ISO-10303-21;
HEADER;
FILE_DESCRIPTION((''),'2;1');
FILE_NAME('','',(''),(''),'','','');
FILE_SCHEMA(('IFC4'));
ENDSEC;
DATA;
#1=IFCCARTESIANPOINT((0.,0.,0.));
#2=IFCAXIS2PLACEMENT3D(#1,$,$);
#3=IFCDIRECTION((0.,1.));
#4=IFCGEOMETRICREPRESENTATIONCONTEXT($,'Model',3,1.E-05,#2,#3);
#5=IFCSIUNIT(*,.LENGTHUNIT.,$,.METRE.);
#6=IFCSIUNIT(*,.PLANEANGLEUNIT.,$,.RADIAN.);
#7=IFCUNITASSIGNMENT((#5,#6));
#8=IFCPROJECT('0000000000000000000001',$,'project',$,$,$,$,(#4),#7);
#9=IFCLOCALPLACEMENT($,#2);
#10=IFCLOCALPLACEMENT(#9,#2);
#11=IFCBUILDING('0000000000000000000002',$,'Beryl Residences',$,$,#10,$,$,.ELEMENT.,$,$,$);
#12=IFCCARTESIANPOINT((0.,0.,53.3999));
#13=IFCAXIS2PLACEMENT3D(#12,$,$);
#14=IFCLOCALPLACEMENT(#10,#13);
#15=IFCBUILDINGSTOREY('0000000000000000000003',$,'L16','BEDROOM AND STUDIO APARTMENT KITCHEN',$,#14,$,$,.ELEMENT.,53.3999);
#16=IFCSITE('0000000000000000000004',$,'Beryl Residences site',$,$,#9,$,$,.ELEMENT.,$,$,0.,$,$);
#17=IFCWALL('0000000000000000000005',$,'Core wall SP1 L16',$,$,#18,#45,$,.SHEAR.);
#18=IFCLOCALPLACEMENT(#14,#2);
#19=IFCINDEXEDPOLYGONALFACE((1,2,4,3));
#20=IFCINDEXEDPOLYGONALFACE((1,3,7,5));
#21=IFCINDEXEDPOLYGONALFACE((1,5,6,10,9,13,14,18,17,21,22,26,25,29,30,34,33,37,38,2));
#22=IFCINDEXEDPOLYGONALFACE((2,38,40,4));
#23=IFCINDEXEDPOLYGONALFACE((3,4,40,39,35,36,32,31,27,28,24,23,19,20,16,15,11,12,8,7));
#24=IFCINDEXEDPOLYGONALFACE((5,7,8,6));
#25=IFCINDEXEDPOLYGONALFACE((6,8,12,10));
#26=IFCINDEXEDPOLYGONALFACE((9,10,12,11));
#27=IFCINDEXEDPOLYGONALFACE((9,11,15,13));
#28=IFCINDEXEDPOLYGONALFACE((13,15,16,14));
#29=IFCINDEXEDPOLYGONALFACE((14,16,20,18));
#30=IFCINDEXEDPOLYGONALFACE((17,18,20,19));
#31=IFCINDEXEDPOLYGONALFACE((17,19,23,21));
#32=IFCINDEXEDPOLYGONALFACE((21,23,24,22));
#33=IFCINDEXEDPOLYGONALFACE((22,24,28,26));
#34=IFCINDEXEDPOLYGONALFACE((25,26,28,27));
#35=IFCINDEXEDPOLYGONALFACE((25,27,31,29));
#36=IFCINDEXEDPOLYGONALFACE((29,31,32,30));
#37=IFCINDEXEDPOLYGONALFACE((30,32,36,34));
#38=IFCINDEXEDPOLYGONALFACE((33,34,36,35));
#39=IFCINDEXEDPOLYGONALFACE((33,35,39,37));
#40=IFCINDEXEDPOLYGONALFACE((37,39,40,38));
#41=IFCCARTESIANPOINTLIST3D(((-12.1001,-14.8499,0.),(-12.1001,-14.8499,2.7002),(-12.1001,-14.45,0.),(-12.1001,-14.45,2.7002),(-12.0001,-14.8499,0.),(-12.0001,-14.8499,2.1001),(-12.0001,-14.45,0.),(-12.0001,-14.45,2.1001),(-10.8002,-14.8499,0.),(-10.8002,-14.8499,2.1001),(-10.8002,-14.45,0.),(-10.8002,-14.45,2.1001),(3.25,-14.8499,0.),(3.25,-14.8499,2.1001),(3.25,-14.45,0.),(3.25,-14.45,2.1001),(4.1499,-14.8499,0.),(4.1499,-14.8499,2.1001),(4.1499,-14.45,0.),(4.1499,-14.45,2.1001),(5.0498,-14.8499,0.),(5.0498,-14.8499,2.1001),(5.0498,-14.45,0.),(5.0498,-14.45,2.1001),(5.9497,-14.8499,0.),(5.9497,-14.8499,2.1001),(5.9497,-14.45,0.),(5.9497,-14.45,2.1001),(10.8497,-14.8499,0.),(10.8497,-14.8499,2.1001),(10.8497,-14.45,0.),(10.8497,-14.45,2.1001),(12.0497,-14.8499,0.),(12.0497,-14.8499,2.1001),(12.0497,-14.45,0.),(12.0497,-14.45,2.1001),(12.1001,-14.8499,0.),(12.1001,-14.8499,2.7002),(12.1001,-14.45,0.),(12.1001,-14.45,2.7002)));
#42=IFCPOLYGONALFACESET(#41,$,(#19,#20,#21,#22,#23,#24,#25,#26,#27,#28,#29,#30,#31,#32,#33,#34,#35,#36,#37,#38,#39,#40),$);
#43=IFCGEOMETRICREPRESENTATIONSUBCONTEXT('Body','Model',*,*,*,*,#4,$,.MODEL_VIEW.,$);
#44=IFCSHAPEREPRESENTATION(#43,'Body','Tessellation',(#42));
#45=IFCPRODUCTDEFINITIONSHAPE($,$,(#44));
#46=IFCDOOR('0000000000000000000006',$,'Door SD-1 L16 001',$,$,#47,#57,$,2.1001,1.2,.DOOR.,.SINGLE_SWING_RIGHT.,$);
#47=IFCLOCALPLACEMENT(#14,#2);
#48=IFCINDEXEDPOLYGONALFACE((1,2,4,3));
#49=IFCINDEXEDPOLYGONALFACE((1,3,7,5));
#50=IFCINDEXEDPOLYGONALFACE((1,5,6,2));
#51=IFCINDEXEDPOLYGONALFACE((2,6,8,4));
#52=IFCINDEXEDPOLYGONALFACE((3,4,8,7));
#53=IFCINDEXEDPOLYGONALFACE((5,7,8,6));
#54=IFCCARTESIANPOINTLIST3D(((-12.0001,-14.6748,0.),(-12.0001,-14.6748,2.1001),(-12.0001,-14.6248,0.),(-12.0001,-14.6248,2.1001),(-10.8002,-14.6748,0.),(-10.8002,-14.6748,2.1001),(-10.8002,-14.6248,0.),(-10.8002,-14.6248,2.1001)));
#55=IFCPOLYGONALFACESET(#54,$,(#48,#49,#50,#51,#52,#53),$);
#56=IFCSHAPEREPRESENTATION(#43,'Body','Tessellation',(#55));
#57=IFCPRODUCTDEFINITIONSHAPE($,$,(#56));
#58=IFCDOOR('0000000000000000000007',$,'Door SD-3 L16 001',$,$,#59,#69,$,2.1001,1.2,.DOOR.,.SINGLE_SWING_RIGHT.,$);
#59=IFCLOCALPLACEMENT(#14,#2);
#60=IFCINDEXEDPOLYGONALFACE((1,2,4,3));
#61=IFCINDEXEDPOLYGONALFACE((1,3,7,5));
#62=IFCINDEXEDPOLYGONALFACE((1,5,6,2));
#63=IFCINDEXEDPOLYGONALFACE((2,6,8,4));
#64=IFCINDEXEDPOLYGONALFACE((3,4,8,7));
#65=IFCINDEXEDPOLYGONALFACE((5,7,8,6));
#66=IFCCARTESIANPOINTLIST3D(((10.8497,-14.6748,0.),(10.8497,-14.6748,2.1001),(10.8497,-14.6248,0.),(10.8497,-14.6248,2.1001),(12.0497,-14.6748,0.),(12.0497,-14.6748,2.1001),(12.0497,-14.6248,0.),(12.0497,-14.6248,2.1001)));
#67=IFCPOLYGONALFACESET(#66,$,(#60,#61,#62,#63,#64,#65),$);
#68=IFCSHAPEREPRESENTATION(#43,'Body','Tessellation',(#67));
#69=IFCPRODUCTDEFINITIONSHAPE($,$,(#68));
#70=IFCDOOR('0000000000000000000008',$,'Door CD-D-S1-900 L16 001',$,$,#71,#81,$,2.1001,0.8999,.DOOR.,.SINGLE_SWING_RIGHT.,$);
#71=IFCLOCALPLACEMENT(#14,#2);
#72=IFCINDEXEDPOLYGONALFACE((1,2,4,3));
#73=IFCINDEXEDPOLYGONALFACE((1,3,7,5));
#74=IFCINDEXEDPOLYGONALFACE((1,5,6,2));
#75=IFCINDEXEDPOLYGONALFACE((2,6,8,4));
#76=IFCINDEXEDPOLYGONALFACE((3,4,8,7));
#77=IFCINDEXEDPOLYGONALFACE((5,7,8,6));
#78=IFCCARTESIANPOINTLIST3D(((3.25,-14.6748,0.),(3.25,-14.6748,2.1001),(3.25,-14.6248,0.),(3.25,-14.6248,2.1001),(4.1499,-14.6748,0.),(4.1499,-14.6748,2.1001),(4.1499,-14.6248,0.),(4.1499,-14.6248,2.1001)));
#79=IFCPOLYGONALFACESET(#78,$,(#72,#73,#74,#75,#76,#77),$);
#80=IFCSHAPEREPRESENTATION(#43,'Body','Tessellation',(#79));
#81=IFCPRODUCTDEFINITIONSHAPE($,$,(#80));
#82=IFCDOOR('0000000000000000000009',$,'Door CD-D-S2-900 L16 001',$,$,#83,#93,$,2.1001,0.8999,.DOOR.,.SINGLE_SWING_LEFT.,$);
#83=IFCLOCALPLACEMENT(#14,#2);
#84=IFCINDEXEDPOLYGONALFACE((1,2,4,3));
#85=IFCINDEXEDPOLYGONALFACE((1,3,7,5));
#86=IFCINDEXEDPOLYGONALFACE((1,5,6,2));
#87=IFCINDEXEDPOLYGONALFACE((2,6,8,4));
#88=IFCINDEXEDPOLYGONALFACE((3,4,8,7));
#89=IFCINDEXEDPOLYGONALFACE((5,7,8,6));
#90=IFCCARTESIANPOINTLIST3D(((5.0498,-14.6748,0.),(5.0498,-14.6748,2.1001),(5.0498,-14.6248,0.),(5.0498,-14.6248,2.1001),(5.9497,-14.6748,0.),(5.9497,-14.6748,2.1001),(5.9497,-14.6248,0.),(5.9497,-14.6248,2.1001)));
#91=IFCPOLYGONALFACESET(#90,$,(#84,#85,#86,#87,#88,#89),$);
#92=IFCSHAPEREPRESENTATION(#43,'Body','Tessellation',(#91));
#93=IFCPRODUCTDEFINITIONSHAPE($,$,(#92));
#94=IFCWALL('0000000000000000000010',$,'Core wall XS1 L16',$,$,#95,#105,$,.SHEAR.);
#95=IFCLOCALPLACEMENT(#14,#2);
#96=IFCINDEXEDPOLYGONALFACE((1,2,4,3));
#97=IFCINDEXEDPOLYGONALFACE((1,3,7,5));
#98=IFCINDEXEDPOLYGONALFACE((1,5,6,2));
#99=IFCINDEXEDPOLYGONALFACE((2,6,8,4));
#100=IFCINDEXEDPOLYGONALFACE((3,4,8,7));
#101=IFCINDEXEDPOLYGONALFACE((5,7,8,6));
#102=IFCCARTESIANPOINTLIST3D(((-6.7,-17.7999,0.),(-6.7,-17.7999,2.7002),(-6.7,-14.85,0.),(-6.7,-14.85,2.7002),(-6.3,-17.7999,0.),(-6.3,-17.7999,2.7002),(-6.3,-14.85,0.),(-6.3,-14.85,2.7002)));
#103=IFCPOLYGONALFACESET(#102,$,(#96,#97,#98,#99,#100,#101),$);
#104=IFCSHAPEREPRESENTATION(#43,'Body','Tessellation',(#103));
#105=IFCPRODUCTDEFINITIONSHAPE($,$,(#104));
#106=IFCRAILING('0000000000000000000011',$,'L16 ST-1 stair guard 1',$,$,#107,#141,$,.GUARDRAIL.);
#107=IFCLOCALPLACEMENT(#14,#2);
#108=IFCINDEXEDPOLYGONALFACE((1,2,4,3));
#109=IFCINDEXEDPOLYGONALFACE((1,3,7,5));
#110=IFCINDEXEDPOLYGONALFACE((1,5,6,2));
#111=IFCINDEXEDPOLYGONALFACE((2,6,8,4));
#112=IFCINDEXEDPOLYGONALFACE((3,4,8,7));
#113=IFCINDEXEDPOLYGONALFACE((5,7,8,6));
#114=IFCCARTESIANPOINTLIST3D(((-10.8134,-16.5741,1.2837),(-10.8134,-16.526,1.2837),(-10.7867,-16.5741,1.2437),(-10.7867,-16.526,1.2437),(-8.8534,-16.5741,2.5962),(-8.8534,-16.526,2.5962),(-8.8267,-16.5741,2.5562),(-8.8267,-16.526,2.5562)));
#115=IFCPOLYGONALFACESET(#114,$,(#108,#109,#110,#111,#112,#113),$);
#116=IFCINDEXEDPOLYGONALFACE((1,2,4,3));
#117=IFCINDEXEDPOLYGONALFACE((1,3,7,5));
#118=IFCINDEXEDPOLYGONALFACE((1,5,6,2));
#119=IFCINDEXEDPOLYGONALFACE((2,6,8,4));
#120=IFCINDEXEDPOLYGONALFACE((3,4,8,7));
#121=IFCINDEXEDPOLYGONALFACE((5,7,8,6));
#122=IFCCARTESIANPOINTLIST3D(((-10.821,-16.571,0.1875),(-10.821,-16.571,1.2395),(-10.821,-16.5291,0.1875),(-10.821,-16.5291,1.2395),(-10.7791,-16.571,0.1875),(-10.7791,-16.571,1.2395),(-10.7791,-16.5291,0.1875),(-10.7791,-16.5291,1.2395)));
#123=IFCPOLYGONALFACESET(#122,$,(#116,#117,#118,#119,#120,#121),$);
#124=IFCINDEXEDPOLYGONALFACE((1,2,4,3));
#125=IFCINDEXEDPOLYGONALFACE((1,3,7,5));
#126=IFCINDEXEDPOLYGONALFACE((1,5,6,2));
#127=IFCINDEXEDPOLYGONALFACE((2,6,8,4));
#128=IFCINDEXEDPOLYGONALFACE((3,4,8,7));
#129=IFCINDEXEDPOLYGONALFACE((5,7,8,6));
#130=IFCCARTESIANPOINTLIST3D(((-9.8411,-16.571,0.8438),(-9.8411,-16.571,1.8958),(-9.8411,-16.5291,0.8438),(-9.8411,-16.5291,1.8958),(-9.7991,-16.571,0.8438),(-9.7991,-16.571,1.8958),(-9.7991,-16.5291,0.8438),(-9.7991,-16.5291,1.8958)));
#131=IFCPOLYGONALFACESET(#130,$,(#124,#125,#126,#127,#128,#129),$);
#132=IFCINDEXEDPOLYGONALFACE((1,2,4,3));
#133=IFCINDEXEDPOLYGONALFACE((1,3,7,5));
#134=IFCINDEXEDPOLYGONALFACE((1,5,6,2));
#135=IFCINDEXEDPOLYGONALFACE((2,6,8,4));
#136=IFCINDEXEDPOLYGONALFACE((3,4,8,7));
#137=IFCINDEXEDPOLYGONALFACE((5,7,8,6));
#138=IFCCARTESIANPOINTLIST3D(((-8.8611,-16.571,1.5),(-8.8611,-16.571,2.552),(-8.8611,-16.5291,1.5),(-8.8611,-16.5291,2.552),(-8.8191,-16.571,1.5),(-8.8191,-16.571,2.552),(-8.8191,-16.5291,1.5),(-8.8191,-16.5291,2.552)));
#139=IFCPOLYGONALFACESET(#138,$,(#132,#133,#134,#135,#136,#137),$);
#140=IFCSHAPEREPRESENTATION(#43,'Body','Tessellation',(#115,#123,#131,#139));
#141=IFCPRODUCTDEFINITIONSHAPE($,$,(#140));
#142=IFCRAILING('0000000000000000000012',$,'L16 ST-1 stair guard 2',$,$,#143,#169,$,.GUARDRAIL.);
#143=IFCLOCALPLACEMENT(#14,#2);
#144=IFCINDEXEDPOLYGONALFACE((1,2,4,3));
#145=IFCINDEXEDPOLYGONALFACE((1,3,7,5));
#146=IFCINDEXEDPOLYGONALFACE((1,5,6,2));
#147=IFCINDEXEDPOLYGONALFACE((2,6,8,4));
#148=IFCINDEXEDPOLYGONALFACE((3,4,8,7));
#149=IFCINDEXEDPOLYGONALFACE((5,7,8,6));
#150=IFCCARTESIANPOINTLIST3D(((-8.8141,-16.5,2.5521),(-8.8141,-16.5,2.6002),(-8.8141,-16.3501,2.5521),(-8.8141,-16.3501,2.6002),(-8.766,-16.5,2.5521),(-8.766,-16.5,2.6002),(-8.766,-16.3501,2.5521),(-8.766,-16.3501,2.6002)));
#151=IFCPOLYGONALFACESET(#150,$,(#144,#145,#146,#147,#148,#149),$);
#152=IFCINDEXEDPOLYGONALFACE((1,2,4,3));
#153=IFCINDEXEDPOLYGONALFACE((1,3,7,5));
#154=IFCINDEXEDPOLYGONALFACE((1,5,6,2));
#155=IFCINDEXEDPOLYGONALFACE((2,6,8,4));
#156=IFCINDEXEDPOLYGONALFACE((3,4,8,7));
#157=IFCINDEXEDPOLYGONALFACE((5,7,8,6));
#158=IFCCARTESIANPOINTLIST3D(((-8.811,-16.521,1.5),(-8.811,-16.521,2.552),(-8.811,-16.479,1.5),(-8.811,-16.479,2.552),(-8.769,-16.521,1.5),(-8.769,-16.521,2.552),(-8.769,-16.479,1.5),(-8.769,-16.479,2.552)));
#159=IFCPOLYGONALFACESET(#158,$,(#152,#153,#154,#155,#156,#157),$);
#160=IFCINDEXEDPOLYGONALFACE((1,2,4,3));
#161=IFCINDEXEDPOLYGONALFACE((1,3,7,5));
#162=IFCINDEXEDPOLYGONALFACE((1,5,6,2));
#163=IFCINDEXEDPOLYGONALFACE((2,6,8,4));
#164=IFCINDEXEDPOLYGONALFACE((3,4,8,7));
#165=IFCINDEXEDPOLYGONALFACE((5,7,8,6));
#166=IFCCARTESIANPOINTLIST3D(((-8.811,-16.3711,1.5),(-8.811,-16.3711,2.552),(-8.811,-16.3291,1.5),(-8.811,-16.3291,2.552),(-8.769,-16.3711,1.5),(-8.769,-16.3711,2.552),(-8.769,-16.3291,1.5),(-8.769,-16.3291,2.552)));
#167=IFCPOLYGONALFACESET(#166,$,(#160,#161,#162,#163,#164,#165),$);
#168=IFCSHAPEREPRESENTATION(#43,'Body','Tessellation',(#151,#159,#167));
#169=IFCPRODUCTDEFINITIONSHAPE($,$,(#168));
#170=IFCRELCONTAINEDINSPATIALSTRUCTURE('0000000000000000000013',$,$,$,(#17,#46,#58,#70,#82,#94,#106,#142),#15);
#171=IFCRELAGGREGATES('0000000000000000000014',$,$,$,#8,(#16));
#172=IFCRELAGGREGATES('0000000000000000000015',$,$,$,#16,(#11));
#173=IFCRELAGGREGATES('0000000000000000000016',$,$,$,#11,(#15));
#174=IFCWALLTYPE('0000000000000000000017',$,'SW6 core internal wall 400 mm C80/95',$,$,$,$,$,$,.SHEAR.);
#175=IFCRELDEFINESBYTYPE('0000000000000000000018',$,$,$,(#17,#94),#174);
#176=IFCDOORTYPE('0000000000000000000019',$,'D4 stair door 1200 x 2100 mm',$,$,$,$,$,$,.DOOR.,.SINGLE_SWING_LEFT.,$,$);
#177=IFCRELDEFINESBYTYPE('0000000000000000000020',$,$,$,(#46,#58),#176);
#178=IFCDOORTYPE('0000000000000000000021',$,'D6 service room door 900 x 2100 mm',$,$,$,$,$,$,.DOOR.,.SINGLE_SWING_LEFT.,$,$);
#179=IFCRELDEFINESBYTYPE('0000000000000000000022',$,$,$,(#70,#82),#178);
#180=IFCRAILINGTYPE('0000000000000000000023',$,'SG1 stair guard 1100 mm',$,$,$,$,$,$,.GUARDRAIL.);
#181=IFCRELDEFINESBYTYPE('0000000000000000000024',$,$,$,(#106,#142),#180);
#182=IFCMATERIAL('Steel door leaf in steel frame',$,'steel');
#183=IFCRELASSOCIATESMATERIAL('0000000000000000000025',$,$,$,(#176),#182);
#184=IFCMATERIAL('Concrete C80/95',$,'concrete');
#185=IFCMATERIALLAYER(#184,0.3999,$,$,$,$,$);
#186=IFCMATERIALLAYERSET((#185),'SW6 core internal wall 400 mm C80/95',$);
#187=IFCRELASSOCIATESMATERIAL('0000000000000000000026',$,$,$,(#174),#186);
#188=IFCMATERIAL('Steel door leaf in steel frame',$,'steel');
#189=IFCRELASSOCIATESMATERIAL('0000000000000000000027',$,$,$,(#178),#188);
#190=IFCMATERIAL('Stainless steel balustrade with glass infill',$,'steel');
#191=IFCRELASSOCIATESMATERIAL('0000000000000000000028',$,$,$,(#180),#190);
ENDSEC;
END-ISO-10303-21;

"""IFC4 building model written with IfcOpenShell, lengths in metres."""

from ifc_helpers import new_model, si_unit, direction, frame, frame_2d, origin, origin_2d, place, context, subcontext, project, spatial, rectangle, extrude, material, layer, layer_set, type_object, element, fill, save


model = new_model("IFC4")

# Units and contexts
model_context = context("Model", 3, precision=1e-05, world=origin(), true_north=direction((0.0, 1.0)))
body_context = subcontext(model_context, "Body", "Model", "MODEL_VIEW")
ifc_project = project(units=[si_unit("LENGTHUNIT", "METRE"), si_unit("PLANEANGLEUNIT", "RADIAN")], contexts=[model_context])

# Site, building, storey
site_placement = place(None, origin())
site = spatial("IfcSite", under=ifc_project, at=site_placement, Name="Beryl Residences site", CompositionType="ELEMENT", RefElevation=0.0)
building_placement = place(site_placement, origin())
building = spatial("IfcBuilding", under=site, at=building_placement, Name="Beryl Residences", CompositionType="ELEMENT")
storey_placement = place(building_placement, frame((0.0, 0.0, 53.3999)))
storey = spatial("IfcBuildingStorey", under=building, at=storey_placement, Name="L16", Description="BEDROOM AND STUDIO APARTMENT KITCHEN", CompositionType="ELEMENT", Elevation=53.3999)

# Shared definitions
ifc_material_1 = material(Name="Steel door leaf in steel frame", Category="steel")
door_type_1 = type_object("IfcDoorType", Name="D4 stair door 1200 x 2100 mm", OperationType="SINGLE_SWING_LEFT", PredefinedType="DOOR", material=ifc_material_1)

# Wall, openings, doors
ifc_material_2 = material(Name="Concrete C80/95", Category="concrete")
ifc_layer_1 = layer(ifc_material_2, 0.3999)
ifc_layer_set_1 = layer_set([ifc_layer_1], Name="SW6 core internal wall 400 mm C80/95")
wall_type_1 = type_object("IfcWallType", Name="SW6 core internal wall 400 mm C80/95", PredefinedType="SHEAR", material=ifc_layer_set_1)
wall_1_placement = place(storey_placement, frame((-12.1001, -14.6499, 0.0), z_axis=(0.0, 0.0, 1.0), x_axis=(1.0, 0.0, 0.0)))
wall_1 = element("IfcWall", 1, at=wall_1_placement, inside=storey, type_object=wall_type_1, Name="Core wall SP1 L16", PredefinedType="SHEAR", context=body_context, shape_type="SweptSolid", body=[
    extrude(rectangle(XDim=24.2002, YDim=0.3999, at=frame_2d((12.1001, 0.0))), origin(), (0.0, 0.0, 1.0), 2.7002),
])
opening_1_placement = place(wall_1_placement, frame((1.3, 0.0, 0.0), z_axis=(0.0, 0.0, 1.0), x_axis=(-1.0, 0.0, 0.0)))
opening_1 = element("IfcOpeningElement", 2, at=opening_1_placement, cuts=wall_1, PredefinedType="OPENING", context=body_context, shape_type="SweptSolid", body=[
    extrude(rectangle(XDim=1.2, YDim=2.1001, at=frame_2d((0.6001, 1.05))), frame((0.0, 0.21, 0.0), z_axis=(0.0, -1.0, 0.0), x_axis=(1.0, 0.0, 0.0)), (0.0, 0.0, 1.0), 0.4199),
])
opening_2_placement = place(wall_1_placement, frame((24.1499, 0.0, 0.0), z_axis=(0.0, 0.0, 1.0), x_axis=(-1.0, 0.0, 0.0)))
opening_2 = element("IfcOpeningElement", 3, at=opening_2_placement, cuts=wall_1, PredefinedType="OPENING", context=body_context, shape_type="SweptSolid", body=[
    extrude(rectangle(XDim=1.2, YDim=2.1001, at=frame_2d((0.6001, 1.05))), frame((0.0, 0.21, 0.0), z_axis=(0.0, -1.0, 0.0), x_axis=(1.0, 0.0, 0.0)), (0.0, 0.0, 1.0), 0.4199),
])
opening_3_placement = place(wall_1_placement, frame((16.25, 0.0, 0.0), z_axis=(0.0, 0.0, 1.0), x_axis=(-1.0, 0.0, 0.0)))
opening_3 = element("IfcOpeningElement", 4, at=opening_3_placement, cuts=wall_1, PredefinedType="OPENING", context=body_context, shape_type="SweptSolid", body=[
    extrude(rectangle(XDim=0.8999, YDim=2.1001, at=frame_2d((0.45, 1.05))), frame((0.0, 0.21, 0.0), z_axis=(0.0, -1.0, 0.0), x_axis=(1.0, 0.0, 0.0)), (0.0, 0.0, 1.0), 0.4199),
])
opening_4_placement = place(wall_1_placement, frame((18.0498, 0.0, 0.0), z_axis=(0.0, 0.0, 1.0), x_axis=(-1.0, 0.0, 0.0)))
opening_4 = element("IfcOpeningElement", 5, at=opening_4_placement, cuts=wall_1, PredefinedType="OPENING", context=body_context, shape_type="SweptSolid", body=[
    extrude(rectangle(XDim=0.8999, YDim=2.1001, at=frame_2d((0.45, 1.05))), frame((0.0, 0.21, 0.0), z_axis=(0.0, -1.0, 0.0), x_axis=(1.0, 0.0, 0.0)), (0.0, 0.0, 1.0), 0.4199),
])
door_1_placement = place(opening_1_placement, origin())
door_1 = element("IfcDoor", 6, at=door_1_placement, inside=storey, type_object=door_type_1, Name="Door SD-1 L16 001", OperationType="SINGLE_SWING_RIGHT", OverallHeight=2.1001, OverallWidth=1.2, PredefinedType="DOOR", context=body_context, shape_type="SweptSolid", body=[
    extrude(rectangle(XDim=1.2, YDim=2.1001, at=frame_2d((0.6001, 1.05))), frame((0.0, 0.0249, 0.0), z_axis=(0.0, -1.0, 0.0), x_axis=(1.0, 0.0, 0.0)), (0.0, 0.0, 1.0), 0.05),
])
fill(opening_1, door_1)
door_2_placement = place(opening_2_placement, origin())
door_2 = element("IfcDoor", 7, at=door_2_placement, inside=storey, type_object=door_type_1, Name="Door SD-3 L16 001", OperationType="SINGLE_SWING_RIGHT", OverallHeight=2.1001, OverallWidth=1.2, PredefinedType="DOOR", context=body_context, shape_type="SweptSolid", body=[
    extrude(rectangle(XDim=1.2, YDim=2.1001, at=frame_2d((0.6001, 1.05))), frame((0.0, 0.0249, 0.0), z_axis=(0.0, -1.0, 0.0), x_axis=(1.0, 0.0, 0.0)), (0.0, 0.0, 1.0), 0.05),
])
fill(opening_2, door_2)
ifc_material_3 = material(Name="Steel door leaf in steel frame", Category="steel")
door_type_2 = type_object("IfcDoorType", Name="D6 service room door 900 x 2100 mm", OperationType="SINGLE_SWING_LEFT", PredefinedType="DOOR", material=ifc_material_3)
door_3_placement = place(opening_3_placement, origin())
door_3 = element("IfcDoor", 8, at=door_3_placement, inside=storey, type_object=door_type_2, Name="Door CD-D-S1-900 L16 001", OperationType="SINGLE_SWING_RIGHT", OverallHeight=2.1001, OverallWidth=0.8999, PredefinedType="DOOR", context=body_context, shape_type="SweptSolid", body=[
    extrude(rectangle(XDim=0.8999, YDim=2.1001, at=frame_2d((0.45, 1.05))), frame((0.0, 0.0249, 0.0), z_axis=(0.0, -1.0, 0.0), x_axis=(1.0, 0.0, 0.0)), (0.0, 0.0, 1.0), 0.05),
])
fill(opening_3, door_3)
door_4_placement = place(opening_4_placement, origin())
door_4 = element("IfcDoor", 9, at=door_4_placement, inside=storey, type_object=door_type_2, Name="Door CD-D-S2-900 L16 001", OperationType="SINGLE_SWING_LEFT", OverallHeight=2.1001, OverallWidth=0.8999, PredefinedType="DOOR", context=body_context, shape_type="SweptSolid", body=[
    extrude(rectangle(XDim=0.8999, YDim=2.1001, at=frame_2d((0.45, 1.05))), frame((0.0, 0.0249, 0.0), z_axis=(0.0, -1.0, 0.0), x_axis=(1.0, 0.0, 0.0)), (0.0, 0.0, 1.0), 0.05),
])
fill(opening_4, door_4)

# Wall
wall_2_placement = place(storey_placement, frame((-6.5, -17.8, 0.0), z_axis=(0.0, 0.0, 1.0), x_axis=(0.0, 1.0, 0.0)))
element("IfcWall", 10, at=wall_2_placement, inside=storey, type_object=wall_type_1, Name="Core wall XS1 L16", PredefinedType="SHEAR", context=body_context, shape_type="SweptSolid", body=[
    extrude(rectangle(XDim=2.95, YDim=0.3999, at=frame_2d((1.4751, 0.0))), origin(), (0.0, 0.0, 1.0), 2.7002),
])

# Railings
ifc_material_4 = material(Name="Stainless steel balustrade with glass infill", Category="steel")
railing_type_1 = type_object("IfcRailingType", Name="SG1 stair guard 1100 mm", PredefinedType="GUARDRAIL", material=ifc_material_4)
railing_1_placement = place(storey_placement, frame((-10.8, -16.55, 0.1875)))
element("IfcRailing", 11, at=railing_1_placement, inside=storey, type_object=railing_type_1, Name="L16 ST-1 stair guard 1", PredefinedType="GUARDRAIL", context=body_context, shape_type="SweptSolid", body=[
    extrude(rectangle(XDim=0.0481, YDim=0.0481, at=origin_2d()), frame((0.0, 0.0, 1.0762), z_axis=(0.830902, 0.0, 0.556419), x_axis=(0.0, 1.0, 0.0)), (0.0, 0.0, 1.0), 2.3589),
    extrude(rectangle(XDim=0.042, YDim=0.042, at=origin_2d()), origin(), (0.0, 0.0, 1.0), 1.052),
    extrude(rectangle(XDim=0.042, YDim=0.042, at=origin_2d()), frame((0.98, 0.0, 0.6562)), (0.0, 0.0, 1.0), 1.052),
    extrude(rectangle(XDim=0.042, YDim=0.042, at=origin_2d()), frame((1.96, 0.0, 1.3125)), (0.0, 0.0, 1.0), 1.052),
])
railing_2_placement = place(storey_placement, frame((-8.79, -16.5, 1.5)))
element("IfcRailing", 12, at=railing_2_placement, inside=storey, type_object=railing_type_1, Name="L16 ST-1 stair guard 2", PredefinedType="GUARDRAIL", context=body_context, shape_type="SweptSolid", body=[
    extrude(rectangle(XDim=0.0481, YDim=0.0481, at=origin_2d()), frame((0.0, 0.0, 1.0762), z_axis=(0.0, 1.0, 0.0), x_axis=(-1.0, 0.0, 0.0)), (0.0, 0.0, 1.0), 0.1499),
    extrude(rectangle(XDim=0.042, YDim=0.042, at=origin_2d()), origin(), (0.0, 0.0, 1.0), 1.052),
    extrude(rectangle(XDim=0.042, YDim=0.042, at=origin_2d()), frame((0.0, 0.1499, 0.0)), (0.0, 0.0, 1.0), 1.052),
])

save(model, "model.ifc")
